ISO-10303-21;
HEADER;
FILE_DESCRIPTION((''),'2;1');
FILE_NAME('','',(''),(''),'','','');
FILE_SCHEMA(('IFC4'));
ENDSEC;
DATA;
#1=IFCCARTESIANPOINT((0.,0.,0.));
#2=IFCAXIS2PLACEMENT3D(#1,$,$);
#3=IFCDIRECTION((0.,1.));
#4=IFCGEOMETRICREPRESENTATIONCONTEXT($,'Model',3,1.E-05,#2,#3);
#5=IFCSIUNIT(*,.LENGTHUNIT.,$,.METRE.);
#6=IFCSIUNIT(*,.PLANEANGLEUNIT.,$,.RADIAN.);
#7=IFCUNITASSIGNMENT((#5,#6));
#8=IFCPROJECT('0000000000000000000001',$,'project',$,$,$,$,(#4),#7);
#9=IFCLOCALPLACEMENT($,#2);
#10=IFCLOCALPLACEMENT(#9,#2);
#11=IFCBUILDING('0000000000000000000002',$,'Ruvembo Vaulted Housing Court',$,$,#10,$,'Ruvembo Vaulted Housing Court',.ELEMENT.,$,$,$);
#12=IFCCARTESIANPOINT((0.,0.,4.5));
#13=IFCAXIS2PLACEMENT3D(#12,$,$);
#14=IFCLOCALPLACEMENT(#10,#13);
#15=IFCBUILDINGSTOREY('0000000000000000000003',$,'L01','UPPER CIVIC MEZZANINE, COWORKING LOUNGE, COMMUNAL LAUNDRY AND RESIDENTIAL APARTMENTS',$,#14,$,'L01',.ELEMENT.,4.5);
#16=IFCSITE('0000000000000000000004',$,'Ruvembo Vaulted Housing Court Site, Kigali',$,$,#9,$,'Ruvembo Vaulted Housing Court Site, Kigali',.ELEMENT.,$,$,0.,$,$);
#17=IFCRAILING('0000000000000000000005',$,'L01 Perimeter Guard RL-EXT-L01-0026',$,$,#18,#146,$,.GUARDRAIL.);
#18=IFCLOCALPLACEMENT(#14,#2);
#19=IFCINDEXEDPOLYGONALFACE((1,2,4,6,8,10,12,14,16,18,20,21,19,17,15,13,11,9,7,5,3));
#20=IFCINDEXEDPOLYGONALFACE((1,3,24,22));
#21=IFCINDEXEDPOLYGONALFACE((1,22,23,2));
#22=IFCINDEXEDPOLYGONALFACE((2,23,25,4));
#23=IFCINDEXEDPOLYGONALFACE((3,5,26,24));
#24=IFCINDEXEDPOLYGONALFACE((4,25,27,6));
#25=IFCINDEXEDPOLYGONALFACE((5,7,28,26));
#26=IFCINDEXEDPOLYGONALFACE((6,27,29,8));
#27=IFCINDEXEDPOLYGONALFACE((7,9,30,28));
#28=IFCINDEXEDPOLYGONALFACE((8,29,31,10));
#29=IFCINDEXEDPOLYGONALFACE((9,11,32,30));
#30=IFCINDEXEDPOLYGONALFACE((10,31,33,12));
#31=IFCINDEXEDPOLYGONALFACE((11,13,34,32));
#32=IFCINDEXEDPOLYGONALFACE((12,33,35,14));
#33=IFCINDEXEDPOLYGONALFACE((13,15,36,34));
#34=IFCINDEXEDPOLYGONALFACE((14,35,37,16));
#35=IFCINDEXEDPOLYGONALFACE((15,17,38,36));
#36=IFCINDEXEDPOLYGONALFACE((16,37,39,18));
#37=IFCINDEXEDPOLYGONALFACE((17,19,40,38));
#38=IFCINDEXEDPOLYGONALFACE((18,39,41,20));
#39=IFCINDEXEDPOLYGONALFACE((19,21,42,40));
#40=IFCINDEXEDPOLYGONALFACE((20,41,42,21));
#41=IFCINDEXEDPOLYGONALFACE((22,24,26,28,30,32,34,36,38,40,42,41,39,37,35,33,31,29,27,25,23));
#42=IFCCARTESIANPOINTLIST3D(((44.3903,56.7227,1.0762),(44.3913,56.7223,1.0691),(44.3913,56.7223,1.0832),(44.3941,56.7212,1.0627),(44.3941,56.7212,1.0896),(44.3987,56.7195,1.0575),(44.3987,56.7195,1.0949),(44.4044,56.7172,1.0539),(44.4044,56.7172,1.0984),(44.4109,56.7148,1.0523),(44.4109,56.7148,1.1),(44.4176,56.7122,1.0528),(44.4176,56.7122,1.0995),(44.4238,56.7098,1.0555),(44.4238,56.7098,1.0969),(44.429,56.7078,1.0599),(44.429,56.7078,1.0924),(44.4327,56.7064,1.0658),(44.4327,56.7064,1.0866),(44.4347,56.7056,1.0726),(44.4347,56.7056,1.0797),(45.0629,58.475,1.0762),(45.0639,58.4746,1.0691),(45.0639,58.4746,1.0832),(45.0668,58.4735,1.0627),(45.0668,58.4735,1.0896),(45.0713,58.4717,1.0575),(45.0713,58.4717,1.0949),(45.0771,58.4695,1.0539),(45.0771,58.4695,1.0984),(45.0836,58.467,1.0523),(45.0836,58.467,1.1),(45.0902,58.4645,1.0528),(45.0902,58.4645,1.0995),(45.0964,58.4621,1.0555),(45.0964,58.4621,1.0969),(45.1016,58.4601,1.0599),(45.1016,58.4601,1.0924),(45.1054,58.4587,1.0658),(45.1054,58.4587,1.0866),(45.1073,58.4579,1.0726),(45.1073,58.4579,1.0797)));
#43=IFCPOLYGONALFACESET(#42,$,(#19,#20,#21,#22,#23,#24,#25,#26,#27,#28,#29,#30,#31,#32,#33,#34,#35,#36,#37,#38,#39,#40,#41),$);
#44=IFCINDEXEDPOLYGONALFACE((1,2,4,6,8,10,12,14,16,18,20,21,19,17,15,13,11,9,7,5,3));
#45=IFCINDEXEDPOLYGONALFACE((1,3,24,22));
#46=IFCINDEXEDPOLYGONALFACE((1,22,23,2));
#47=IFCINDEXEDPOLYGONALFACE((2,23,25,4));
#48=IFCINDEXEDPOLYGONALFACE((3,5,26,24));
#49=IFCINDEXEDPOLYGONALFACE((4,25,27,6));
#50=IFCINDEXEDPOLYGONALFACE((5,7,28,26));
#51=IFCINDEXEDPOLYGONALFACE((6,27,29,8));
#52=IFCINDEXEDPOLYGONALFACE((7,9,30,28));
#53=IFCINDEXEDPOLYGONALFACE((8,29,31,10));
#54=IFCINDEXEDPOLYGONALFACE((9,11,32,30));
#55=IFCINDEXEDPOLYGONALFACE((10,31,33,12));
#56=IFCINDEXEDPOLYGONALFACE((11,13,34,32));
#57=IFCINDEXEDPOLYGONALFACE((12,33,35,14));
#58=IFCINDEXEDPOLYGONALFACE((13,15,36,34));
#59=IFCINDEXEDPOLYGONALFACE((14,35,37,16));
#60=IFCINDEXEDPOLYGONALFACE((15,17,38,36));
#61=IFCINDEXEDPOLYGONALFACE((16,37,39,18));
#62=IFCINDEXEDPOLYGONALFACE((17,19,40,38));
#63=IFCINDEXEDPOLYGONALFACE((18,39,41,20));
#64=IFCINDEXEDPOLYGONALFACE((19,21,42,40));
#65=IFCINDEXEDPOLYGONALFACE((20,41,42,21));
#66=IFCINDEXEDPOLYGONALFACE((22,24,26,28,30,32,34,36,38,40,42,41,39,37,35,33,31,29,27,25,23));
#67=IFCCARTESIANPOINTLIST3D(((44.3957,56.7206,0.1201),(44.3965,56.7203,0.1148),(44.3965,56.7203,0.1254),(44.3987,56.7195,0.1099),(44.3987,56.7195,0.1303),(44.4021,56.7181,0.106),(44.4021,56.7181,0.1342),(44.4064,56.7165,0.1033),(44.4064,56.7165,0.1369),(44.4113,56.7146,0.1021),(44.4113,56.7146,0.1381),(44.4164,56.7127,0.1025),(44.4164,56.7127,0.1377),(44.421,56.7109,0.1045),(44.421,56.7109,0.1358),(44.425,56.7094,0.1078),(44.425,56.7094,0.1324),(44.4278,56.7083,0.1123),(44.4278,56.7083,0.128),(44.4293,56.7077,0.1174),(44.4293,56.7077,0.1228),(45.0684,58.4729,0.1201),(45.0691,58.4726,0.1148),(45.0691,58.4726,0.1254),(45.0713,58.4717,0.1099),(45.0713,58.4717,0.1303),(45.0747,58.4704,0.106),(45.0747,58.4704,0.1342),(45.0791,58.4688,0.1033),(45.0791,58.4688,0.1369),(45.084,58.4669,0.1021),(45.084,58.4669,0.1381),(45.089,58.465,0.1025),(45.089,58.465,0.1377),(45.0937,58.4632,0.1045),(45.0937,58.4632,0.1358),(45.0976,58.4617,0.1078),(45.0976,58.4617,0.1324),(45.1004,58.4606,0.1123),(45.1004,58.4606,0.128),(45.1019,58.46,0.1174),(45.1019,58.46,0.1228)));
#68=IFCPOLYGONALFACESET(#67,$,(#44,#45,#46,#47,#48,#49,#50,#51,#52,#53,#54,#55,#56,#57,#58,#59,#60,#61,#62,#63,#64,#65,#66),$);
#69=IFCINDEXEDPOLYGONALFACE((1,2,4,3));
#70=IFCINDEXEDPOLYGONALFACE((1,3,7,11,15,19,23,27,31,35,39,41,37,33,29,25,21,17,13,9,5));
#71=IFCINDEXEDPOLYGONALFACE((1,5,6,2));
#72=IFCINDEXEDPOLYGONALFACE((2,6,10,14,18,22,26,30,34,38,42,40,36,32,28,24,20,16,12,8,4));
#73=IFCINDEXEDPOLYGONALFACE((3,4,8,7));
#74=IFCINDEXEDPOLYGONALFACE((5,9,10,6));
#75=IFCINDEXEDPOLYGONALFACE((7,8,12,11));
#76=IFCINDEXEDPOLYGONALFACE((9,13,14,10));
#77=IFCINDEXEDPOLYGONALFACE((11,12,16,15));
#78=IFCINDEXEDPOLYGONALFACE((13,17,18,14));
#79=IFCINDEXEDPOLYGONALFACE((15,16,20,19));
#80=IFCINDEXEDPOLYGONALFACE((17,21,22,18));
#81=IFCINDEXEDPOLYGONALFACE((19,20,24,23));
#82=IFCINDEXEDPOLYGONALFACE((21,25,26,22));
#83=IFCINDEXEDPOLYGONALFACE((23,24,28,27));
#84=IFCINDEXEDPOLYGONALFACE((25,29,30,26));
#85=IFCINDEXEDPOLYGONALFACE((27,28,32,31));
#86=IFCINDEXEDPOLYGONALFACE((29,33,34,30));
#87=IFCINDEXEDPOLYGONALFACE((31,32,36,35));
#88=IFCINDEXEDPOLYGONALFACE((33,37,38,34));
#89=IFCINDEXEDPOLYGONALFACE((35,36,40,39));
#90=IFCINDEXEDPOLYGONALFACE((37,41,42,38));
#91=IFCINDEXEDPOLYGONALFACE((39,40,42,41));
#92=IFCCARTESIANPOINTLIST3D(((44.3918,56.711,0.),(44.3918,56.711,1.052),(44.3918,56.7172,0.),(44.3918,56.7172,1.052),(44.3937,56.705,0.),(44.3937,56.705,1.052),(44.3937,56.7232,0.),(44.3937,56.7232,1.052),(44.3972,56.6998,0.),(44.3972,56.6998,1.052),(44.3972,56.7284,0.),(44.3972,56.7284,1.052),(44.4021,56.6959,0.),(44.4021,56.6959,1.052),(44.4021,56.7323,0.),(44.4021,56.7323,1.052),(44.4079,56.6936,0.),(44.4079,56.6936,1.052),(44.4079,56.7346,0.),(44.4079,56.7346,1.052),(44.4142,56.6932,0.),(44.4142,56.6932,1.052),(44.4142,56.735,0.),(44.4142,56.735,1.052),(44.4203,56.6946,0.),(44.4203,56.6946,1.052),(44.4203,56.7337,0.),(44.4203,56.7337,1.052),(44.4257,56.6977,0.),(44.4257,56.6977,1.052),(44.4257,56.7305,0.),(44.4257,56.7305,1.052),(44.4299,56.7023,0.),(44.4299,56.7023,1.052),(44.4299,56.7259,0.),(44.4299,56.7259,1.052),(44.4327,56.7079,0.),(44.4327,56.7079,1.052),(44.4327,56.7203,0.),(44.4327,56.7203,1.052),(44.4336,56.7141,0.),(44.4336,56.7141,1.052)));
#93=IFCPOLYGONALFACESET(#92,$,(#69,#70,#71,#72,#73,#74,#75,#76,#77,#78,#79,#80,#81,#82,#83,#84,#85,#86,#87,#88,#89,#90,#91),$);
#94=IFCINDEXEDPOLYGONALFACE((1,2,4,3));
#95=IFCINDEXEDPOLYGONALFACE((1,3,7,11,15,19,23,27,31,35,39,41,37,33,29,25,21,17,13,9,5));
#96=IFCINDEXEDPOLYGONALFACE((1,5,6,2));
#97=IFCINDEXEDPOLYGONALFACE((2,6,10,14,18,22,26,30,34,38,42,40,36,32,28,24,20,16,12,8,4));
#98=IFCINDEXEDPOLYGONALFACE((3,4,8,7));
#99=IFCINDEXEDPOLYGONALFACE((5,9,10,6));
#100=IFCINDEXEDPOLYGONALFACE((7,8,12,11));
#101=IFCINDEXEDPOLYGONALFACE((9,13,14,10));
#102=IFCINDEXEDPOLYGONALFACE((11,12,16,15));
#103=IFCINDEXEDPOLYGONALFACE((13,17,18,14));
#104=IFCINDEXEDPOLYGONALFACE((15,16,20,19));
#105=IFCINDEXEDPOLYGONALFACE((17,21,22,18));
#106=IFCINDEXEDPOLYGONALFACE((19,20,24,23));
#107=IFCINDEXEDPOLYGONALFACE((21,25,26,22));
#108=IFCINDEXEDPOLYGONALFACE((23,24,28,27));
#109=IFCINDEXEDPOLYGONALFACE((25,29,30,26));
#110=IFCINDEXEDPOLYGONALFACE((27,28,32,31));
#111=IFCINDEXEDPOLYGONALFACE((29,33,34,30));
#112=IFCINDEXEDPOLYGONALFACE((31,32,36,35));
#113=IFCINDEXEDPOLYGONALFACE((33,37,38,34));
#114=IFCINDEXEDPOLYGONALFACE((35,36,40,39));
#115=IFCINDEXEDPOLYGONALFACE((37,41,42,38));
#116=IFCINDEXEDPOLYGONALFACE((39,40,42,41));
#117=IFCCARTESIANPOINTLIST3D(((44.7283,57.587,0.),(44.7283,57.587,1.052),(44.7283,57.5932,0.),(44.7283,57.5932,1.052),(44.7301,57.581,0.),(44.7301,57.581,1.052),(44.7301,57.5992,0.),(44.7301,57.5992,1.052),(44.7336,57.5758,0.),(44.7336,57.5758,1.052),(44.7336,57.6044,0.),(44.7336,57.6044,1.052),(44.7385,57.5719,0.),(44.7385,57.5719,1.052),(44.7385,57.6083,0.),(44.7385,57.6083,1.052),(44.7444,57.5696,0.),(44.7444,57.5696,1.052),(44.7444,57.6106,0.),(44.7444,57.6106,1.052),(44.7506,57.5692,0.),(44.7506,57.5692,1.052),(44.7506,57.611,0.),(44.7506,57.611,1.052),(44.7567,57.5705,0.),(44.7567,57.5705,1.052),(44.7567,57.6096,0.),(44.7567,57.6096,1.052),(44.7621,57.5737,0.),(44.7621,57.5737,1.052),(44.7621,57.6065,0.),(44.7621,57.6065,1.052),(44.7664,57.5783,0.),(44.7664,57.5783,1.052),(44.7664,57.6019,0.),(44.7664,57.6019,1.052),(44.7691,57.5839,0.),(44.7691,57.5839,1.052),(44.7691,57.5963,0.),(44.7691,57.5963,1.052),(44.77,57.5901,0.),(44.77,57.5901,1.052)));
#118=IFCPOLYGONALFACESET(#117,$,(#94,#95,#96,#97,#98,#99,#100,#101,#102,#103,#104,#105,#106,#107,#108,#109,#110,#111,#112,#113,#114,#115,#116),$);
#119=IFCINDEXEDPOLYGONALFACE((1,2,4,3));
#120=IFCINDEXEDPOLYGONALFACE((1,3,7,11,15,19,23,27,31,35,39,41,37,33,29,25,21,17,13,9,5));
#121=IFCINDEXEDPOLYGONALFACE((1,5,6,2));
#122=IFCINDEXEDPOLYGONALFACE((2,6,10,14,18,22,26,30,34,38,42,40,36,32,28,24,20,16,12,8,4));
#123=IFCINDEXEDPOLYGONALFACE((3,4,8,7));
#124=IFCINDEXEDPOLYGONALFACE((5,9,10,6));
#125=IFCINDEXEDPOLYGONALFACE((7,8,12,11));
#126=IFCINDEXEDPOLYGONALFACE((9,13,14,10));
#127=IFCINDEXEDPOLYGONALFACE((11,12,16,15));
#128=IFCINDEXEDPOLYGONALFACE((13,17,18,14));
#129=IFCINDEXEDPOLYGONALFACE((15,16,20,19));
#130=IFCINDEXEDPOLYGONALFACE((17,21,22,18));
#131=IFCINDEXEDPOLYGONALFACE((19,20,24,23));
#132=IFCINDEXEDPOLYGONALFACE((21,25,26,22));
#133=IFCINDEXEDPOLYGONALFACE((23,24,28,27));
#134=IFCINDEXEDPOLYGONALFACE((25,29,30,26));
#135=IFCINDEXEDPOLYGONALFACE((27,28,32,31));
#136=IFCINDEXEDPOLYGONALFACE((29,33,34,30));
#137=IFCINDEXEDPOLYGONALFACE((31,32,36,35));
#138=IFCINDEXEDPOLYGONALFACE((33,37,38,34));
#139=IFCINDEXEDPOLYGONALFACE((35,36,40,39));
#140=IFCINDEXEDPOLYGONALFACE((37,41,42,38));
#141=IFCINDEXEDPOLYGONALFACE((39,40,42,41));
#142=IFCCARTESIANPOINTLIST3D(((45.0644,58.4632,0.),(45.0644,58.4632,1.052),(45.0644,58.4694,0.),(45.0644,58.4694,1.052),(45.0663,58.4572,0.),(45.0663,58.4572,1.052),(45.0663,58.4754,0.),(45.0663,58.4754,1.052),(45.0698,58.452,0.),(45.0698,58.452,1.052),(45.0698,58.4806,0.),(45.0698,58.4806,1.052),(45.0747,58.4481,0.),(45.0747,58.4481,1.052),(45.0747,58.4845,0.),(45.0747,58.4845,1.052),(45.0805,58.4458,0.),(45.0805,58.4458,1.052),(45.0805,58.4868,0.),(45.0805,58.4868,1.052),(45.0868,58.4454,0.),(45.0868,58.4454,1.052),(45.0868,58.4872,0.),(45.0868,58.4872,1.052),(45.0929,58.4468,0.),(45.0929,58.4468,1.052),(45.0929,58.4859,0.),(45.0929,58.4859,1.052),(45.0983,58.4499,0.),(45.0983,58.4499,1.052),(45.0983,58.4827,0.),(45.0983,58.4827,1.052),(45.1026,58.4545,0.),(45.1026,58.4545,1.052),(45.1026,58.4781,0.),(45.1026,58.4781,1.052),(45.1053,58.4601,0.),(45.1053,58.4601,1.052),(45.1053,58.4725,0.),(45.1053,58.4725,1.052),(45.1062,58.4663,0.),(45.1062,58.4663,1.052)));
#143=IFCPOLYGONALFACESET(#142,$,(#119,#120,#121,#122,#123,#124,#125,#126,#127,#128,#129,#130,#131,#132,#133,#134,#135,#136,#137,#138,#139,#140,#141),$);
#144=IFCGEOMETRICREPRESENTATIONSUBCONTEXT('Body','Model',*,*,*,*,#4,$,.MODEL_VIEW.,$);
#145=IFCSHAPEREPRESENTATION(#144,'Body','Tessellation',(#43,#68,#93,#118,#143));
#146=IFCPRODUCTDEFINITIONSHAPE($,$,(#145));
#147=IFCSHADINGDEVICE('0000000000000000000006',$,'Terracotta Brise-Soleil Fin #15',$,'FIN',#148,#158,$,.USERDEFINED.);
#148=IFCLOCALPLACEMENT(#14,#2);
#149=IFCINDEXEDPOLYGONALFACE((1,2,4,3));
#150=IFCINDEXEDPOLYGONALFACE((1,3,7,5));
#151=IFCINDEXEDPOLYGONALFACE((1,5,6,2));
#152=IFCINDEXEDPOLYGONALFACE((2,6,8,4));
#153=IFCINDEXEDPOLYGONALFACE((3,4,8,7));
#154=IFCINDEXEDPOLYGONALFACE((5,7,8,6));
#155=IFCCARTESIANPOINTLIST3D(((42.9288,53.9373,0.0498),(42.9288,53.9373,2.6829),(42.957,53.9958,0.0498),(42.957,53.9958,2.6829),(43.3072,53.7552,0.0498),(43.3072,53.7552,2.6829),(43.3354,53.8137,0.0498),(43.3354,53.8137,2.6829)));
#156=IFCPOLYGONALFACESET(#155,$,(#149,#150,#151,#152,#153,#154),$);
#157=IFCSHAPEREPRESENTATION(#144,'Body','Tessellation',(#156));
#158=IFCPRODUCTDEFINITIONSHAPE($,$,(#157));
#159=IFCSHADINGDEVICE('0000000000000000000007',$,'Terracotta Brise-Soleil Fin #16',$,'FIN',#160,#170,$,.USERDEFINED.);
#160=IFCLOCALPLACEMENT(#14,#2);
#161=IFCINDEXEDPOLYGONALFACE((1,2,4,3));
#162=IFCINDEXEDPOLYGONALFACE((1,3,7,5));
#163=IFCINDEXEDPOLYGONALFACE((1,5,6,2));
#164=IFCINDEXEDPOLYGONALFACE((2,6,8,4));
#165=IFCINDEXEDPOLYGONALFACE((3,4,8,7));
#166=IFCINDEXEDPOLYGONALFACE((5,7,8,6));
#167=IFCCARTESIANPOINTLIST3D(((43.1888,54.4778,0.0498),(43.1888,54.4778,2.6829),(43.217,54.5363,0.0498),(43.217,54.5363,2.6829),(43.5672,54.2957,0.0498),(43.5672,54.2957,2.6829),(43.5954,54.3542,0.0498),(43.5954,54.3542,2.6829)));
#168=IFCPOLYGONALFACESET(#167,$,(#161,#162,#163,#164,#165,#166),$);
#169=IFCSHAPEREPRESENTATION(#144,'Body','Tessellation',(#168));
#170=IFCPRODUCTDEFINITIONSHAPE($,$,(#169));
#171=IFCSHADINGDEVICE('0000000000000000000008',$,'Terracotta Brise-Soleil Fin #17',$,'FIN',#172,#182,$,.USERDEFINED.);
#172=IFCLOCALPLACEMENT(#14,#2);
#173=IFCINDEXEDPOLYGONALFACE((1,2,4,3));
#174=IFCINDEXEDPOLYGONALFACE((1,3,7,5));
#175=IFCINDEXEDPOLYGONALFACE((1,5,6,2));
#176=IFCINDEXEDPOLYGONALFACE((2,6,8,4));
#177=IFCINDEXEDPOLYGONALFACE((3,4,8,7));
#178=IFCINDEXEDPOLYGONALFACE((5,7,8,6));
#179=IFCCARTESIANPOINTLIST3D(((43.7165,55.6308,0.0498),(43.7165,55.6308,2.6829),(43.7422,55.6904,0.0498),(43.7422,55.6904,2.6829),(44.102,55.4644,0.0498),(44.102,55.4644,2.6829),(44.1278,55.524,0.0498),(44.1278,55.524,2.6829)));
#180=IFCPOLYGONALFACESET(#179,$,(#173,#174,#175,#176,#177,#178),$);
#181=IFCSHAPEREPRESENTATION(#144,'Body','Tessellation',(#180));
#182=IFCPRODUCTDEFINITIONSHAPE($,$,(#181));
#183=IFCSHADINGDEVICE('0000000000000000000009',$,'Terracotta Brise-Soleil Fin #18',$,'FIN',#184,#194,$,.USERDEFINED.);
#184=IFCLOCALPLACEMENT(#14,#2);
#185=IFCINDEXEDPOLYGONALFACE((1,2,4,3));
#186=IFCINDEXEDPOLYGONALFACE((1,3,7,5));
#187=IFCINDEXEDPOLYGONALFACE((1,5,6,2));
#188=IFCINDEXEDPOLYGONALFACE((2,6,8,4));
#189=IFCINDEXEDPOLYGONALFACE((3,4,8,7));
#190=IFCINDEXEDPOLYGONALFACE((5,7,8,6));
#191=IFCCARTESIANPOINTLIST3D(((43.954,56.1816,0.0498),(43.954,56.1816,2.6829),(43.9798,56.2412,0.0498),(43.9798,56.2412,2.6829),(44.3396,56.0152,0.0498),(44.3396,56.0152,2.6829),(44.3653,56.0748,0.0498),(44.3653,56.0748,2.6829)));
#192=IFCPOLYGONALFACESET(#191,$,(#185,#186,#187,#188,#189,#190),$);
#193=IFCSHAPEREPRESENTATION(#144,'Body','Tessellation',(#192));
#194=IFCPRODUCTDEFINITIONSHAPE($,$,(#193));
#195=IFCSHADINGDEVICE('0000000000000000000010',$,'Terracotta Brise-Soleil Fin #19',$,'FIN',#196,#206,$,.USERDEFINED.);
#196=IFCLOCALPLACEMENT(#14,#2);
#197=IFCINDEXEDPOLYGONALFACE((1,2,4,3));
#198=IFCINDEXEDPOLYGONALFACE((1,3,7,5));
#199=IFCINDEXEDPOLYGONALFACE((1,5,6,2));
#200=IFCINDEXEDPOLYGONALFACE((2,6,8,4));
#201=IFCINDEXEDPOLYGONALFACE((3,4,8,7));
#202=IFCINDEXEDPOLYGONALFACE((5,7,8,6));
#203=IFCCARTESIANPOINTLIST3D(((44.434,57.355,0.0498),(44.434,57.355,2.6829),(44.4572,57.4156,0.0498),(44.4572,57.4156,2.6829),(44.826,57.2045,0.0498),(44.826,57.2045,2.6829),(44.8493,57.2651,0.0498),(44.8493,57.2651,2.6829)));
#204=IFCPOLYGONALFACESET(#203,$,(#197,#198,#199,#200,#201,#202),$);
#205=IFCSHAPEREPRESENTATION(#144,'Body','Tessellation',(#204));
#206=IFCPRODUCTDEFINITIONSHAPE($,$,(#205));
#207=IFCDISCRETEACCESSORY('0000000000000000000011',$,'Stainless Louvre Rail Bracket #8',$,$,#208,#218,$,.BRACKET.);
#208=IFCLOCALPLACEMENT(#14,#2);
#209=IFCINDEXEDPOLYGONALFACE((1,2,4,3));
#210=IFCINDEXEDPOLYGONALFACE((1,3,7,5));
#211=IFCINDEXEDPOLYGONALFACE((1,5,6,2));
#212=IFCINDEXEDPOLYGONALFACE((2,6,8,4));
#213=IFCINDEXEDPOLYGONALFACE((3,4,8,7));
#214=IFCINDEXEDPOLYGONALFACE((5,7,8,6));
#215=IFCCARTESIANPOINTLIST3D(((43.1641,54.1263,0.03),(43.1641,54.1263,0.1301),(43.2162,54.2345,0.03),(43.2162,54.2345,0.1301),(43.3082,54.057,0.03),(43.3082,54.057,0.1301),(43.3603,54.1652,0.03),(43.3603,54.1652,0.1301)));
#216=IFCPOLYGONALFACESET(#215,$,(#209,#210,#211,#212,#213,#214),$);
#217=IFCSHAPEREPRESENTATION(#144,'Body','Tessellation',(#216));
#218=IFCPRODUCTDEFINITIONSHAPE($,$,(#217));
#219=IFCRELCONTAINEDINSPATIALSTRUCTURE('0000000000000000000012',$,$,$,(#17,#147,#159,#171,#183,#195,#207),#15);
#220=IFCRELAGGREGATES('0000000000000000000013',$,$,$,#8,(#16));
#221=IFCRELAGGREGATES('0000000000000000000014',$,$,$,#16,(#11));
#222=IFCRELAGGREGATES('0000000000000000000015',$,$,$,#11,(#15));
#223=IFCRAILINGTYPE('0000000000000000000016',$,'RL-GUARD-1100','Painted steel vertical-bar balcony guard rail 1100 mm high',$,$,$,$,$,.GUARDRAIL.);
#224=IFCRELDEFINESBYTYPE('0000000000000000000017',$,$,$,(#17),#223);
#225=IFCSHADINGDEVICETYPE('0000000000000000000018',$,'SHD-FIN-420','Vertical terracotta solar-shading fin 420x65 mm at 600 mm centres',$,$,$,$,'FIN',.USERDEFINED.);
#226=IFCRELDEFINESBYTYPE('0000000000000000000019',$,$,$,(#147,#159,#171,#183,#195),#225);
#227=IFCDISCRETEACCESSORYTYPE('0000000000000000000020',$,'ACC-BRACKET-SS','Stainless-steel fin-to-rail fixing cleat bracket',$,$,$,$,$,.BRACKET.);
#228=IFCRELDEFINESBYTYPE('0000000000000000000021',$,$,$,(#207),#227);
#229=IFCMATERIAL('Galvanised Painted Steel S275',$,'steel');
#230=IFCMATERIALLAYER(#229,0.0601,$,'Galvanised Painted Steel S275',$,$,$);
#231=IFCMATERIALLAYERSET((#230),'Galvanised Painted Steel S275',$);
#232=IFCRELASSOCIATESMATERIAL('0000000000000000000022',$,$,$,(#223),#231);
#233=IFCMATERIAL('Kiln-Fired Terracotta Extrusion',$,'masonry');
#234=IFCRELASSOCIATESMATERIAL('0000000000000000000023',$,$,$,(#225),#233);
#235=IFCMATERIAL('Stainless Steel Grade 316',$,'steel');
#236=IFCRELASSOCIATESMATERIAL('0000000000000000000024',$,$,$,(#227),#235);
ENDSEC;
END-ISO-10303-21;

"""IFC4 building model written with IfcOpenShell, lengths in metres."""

from ifc_helpers import new_model, si_unit, direction, frame, origin, origin_2d, place, context, subcontext, project, spatial, rectangle, circle, extrude, material, layer, layer_set, type_object, element, save


model = new_model("IFC4")

# Units and contexts
model_context = context("Model", 3, precision=1e-05, world=origin(), true_north=direction((0.0, 1.0)))
body_context = subcontext(model_context, "Body", "Model", "MODEL_VIEW")
ifc_project = project(units=[si_unit("LENGTHUNIT", "METRE"), si_unit("PLANEANGLEUNIT", "RADIAN")], contexts=[model_context])

# Site, building, storey
site_placement = place(None, origin())
site = spatial("IfcSite", under=ifc_project, at=site_placement, Name="Ruvembo Vaulted Housing Court Site, Kigali", LongName="Ruvembo Vaulted Housing Court Site, Kigali", CompositionType="ELEMENT", RefElevation=0.0)
building_placement = place(site_placement, origin())
building = spatial("IfcBuilding", under=site, at=building_placement, Name="Ruvembo Vaulted Housing Court", LongName="Ruvembo Vaulted Housing Court", CompositionType="ELEMENT")
storey_placement = place(building_placement, frame((0.0, 0.0, 4.5)))
storey = spatial("IfcBuildingStorey", under=building, at=storey_placement, Name="L01", Description="UPPER CIVIC MEZZANINE, COWORKING LOUNGE, COMMUNAL LAUNDRY AND RESIDENTIAL APARTMENTS", LongName="L01", CompositionType="ELEMENT", Elevation=4.5)

# Railing
ifc_material_1 = material(Name="Galvanised Painted Steel S275", Category="steel")
ifc_layer = layer(ifc_material_1, 0.0601, Name="Galvanised Painted Steel S275")
ifc_layer_set = layer_set([ifc_layer], Name="Galvanised Painted Steel S275")
railing_type = type_object("IfcRailingType", Name="RL-GUARD-1100", Description="Painted steel vertical-bar balcony guard rail 1100 mm high", PredefinedType="GUARDRAIL", material=ifc_layer_set)
railing_1_placement = place(storey_placement, frame((44.4126, 56.7141, 0.0)))
element("IfcRailing", 1, at=railing_1_placement, inside=storey, type_object=railing_type, Name="L01 Perimeter Guard RL-EXT-L01-0026", PredefinedType="GUARDRAIL", context=body_context, shape_type="SweptSolid", body=[
    extrude(circle(Radius=0.0239, at=origin_2d()), frame((0.0, 0.0, 1.0762), z_axis=(0.358369, 0.93358, 0.0), x_axis=(-0.93358, 0.358369, 0.0)), (0.0, 0.0, 1.0), 1.877),
    extrude(circle(Radius=0.0181, at=origin_2d()), frame((0.0, 0.0, 0.1201), z_axis=(0.358369, 0.93358, 0.0), x_axis=(-0.93358, 0.358369, 0.0)), (0.0, 0.0, 1.0), 1.877),
    extrude(circle(Radius=0.021, at=origin_2d()), origin(), (0.0, 0.0, 1.0), 1.052),
    extrude(circle(Radius=0.021, at=origin_2d()), frame((0.3364, 0.876, 0.0)), (0.0, 0.0, 1.0), 1.052),
    extrude(circle(Radius=0.021, at=origin_2d()), frame((0.6726, 1.7522, 0.0)), (0.0, 0.0, 1.0), 1.052),
])

# Shading devices
ifc_material_2 = material(Name="Kiln-Fired Terracotta Extrusion", Category="masonry")
shading_device_type = type_object("IfcShadingDeviceType", Name="SHD-FIN-420", Description="Vertical terracotta solar-shading fin 420x65 mm at 600 mm centres", ElementType="FIN", PredefinedType="USERDEFINED", material=ifc_material_2)
for number, where, z_axis, x_axis, name in (
    (2, (43.1321, 53.8755, 0.0498), (0.0, 0.0, 1.0), (0.9011, -0.433612, 0.0), "Terracotta Brise-Soleil Fin #15"),
    (3, (43.3921, 54.416, 0.0498), (0.0, 0.0, 1.0), (0.9011, -0.433612, 0.0), "Terracotta Brise-Soleil Fin #16"),
    (4, (43.9221, 55.5774, 0.0498), (0.0, 0.0, 1.0), (0.918122, -0.396299, 0.0), "Terracotta Brise-Soleil Fin #17"),
    (5, (44.1597, 56.1282, 0.0498), (0.0, 0.0, 1.0), (0.918122, -0.396299, 0.0), "Terracotta Brise-Soleil Fin #18"),
    (6, (44.6416, 57.3101, 0.0498), (0.0, 0.0, 1.0), (0.933568, -0.358401, 0.0), "Terracotta Brise-Soleil Fin #19"),
):
    element("IfcShadingDevice", number, at=place(storey_placement, frame(where, z_axis=z_axis, x_axis=x_axis)), inside=storey, type_object=shading_device_type, Name=name, ObjectType="FIN", PredefinedType="USERDEFINED", context=body_context, shape_type="SweptSolid", body=[
        extrude(rectangle(XDim=0.4199, YDim=0.0649, at=origin_2d()), origin(), (0.0, 0.0, 1.0), 2.6331),
    ])

# Discrete accessory
ifc_material_3 = material(Name="Stainless Steel Grade 316", Category="steel")
discrete_accessory_type = type_object("IfcDiscreteAccessoryType", Name="ACC-BRACKET-SS", Description="Stainless-steel fin-to-rail fixing cleat bracket", PredefinedType="BRACKET", material=ifc_material_3)
for number, where, z_axis, x_axis, name in (
    (7, (43.2622, 54.1458, 0.03), (0.0, 0.0, 1.0), (0.9011, -0.433612, 0.0), "Stainless Louvre Rail Bracket #8"),
):
    element("IfcDiscreteAccessory", number, at=place(storey_placement, frame(where, z_axis=z_axis, x_axis=x_axis)), inside=storey, type_object=discrete_accessory_type, Name=name, PredefinedType="BRACKET", context=body_context, shape_type="SweptSolid", body=[
        extrude(rectangle(XDim=0.1599, YDim=0.1201, at=origin_2d()), origin(), (0.0, 0.0, 1.0), 0.1001),
    ])

save(model, "model.ifc")
